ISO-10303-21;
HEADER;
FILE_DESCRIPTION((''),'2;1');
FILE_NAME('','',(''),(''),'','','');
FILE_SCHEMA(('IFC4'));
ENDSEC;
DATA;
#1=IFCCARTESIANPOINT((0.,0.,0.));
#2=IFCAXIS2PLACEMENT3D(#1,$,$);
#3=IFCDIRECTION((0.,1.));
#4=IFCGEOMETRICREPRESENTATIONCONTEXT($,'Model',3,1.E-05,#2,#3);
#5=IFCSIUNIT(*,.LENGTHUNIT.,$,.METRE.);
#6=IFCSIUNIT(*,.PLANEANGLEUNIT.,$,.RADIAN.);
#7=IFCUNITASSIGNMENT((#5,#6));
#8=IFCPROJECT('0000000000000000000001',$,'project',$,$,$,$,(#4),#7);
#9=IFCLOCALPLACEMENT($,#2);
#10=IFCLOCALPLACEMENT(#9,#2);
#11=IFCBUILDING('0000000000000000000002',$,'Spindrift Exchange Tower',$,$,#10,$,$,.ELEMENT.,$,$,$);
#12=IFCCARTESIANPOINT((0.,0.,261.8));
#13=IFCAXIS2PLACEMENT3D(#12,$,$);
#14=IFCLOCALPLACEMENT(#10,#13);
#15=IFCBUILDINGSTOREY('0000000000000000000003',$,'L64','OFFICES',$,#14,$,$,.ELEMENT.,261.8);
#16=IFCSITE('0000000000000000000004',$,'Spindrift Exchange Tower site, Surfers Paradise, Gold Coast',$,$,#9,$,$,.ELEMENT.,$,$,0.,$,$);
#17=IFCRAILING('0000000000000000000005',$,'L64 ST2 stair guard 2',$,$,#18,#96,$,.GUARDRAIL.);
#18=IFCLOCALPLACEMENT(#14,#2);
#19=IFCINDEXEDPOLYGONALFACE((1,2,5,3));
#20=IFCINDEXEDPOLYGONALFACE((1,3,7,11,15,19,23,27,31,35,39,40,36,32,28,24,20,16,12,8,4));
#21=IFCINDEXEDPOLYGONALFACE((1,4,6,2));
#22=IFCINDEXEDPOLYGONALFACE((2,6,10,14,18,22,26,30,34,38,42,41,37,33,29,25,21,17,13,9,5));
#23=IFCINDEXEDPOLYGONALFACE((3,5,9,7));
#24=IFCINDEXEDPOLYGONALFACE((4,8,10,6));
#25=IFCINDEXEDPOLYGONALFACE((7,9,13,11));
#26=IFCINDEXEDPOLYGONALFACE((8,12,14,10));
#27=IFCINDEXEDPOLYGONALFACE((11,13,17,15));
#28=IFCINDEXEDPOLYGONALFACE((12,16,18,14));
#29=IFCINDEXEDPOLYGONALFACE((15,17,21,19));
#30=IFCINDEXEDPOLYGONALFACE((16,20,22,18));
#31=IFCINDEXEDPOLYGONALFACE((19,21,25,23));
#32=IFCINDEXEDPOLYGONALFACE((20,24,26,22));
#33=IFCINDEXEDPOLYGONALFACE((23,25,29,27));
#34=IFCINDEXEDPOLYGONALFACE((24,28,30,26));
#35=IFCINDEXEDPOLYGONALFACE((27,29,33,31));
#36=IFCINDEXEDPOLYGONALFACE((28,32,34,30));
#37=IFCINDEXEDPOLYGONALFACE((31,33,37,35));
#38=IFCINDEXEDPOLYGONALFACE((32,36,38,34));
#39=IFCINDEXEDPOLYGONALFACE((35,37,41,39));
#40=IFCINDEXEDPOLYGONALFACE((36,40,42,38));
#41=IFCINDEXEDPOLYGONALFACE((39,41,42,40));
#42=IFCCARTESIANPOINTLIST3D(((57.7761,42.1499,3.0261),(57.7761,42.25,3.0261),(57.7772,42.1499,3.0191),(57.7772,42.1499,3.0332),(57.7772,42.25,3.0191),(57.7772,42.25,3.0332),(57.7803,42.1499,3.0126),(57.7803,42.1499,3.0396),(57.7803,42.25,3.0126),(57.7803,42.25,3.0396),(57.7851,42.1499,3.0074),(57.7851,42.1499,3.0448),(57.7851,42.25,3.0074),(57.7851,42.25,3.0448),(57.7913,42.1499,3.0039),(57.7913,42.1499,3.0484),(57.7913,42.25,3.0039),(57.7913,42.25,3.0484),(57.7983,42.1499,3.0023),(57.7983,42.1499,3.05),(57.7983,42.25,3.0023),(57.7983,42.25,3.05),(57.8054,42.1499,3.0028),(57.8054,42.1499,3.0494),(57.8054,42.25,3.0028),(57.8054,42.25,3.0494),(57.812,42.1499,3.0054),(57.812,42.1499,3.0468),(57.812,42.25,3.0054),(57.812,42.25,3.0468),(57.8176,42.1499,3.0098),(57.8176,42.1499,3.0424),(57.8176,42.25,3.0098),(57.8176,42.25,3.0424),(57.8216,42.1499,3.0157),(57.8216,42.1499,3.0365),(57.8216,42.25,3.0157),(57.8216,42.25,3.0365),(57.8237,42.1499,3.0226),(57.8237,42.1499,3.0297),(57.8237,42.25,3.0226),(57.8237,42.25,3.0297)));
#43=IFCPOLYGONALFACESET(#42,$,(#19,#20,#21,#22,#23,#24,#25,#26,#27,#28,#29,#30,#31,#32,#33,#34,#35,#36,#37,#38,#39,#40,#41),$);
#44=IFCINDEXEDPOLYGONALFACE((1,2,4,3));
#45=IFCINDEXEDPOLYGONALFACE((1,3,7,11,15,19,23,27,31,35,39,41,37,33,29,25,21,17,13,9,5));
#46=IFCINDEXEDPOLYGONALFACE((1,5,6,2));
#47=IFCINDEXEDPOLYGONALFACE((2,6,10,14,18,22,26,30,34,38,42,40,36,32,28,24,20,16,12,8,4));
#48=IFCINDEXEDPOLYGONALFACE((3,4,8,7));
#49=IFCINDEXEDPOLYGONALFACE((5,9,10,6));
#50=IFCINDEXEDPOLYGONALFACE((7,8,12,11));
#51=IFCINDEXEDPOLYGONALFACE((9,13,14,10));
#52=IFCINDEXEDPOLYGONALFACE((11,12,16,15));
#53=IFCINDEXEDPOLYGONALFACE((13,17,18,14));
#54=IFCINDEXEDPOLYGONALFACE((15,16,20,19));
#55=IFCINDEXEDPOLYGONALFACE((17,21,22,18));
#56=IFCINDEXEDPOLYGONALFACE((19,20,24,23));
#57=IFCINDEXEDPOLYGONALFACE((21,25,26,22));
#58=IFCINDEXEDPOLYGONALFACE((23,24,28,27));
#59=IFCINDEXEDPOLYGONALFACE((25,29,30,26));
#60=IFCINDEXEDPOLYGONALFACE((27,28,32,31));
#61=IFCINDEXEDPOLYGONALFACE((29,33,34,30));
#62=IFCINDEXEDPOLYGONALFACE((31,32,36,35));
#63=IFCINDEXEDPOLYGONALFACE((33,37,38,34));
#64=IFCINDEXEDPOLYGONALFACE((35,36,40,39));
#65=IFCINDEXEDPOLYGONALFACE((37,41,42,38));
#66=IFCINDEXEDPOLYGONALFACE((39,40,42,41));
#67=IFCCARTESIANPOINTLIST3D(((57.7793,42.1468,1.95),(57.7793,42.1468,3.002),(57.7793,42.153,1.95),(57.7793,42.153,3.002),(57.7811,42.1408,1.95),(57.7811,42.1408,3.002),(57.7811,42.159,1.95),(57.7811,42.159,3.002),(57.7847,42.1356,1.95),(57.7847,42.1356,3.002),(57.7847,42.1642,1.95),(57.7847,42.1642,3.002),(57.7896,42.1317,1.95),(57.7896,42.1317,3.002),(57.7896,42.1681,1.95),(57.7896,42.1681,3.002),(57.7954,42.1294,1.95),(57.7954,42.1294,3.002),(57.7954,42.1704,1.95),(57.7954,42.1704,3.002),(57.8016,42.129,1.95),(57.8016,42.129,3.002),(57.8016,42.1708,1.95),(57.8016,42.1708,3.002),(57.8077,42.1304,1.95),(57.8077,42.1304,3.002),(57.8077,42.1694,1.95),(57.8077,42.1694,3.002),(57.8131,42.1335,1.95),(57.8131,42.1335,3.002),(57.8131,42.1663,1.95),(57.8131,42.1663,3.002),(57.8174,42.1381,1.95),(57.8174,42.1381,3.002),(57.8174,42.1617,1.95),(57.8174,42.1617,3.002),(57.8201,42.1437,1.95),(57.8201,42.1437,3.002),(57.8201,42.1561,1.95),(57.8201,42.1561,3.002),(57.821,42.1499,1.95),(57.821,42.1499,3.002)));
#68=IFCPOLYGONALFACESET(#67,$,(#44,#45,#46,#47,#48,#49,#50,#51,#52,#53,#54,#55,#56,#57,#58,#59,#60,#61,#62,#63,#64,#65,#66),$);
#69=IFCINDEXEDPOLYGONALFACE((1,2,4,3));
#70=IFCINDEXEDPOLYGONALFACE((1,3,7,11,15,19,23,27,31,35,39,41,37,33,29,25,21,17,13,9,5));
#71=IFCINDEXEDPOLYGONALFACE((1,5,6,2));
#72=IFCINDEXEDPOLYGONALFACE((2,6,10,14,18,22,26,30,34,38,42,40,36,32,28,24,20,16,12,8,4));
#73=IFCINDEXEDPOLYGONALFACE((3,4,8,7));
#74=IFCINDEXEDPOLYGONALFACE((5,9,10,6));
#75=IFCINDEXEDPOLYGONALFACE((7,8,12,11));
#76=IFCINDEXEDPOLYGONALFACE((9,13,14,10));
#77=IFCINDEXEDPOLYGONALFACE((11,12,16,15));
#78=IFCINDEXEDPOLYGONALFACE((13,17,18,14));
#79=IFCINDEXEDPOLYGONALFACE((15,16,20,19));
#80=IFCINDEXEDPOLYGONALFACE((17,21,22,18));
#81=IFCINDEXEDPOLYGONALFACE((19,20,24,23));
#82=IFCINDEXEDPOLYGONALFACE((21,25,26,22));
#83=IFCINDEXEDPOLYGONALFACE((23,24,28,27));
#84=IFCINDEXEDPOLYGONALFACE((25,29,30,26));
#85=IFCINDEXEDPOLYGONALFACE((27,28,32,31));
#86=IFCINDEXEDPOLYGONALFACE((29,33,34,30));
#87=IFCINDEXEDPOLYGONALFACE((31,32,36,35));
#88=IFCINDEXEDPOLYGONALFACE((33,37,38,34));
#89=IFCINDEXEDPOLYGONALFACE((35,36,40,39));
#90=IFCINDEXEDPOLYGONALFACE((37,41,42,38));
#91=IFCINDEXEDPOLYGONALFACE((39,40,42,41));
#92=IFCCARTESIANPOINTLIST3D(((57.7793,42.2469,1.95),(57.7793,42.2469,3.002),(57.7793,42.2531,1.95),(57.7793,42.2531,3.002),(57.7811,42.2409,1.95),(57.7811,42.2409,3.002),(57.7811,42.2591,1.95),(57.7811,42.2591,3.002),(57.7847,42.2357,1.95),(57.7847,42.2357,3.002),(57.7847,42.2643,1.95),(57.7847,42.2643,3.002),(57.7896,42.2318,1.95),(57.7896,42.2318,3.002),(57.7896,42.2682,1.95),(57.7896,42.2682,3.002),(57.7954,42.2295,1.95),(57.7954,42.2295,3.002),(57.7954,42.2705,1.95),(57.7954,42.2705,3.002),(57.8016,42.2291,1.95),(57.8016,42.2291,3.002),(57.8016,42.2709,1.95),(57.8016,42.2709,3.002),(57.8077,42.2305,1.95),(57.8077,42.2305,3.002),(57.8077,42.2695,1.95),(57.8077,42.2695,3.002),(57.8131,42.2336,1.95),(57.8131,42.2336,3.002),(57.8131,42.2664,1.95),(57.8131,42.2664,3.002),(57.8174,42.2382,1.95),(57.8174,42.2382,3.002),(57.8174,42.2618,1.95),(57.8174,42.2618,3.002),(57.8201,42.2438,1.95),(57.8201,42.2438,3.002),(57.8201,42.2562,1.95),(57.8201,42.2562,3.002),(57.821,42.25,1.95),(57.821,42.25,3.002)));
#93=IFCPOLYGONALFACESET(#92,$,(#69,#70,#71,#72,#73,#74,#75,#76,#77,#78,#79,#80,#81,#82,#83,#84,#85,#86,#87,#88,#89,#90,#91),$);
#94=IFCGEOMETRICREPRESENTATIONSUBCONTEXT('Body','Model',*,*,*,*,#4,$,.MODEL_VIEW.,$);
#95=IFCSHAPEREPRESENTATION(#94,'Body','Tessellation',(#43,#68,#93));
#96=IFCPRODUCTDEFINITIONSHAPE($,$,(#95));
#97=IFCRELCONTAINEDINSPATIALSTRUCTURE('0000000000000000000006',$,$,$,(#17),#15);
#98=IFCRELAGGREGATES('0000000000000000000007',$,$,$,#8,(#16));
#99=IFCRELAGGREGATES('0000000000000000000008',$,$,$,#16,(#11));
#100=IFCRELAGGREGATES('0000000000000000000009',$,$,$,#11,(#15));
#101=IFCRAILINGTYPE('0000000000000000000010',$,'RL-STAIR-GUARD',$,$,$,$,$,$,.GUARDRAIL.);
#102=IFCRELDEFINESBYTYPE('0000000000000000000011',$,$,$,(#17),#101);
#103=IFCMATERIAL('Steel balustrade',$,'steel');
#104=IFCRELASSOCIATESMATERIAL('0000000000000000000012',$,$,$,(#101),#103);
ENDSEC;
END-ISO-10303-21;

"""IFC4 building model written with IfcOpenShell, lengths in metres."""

from ifc_helpers import new_model, si_unit, direction, frame, origin, origin_2d, place, context, subcontext, project, spatial, circle, extrude, material, type_object, element, save


model = new_model("IFC4")

# Units and contexts
model_context = context("Model", 3, precision=1e-05, world=origin(), true_north=direction((0.0, 1.0)))
body_context = subcontext(model_context, "Body", "Model", "MODEL_VIEW")
ifc_project = project(units=[si_unit("LENGTHUNIT", "METRE"), si_unit("PLANEANGLEUNIT", "RADIAN")], contexts=[model_context])

# Site, building, storey
site_placement = place(None, origin())
site = spatial("IfcSite", under=ifc_project, at=site_placement, Name="Spindrift Exchange Tower site, Surfers Paradise, Gold Coast", CompositionType="ELEMENT", RefElevation=0.0)
building_placement = place(site_placement, origin())
building = spatial("IfcBuilding", under=site, at=building_placement, Name="Spindrift Exchange Tower", CompositionType="ELEMENT")
storey_placement = place(building_placement, frame((0.0, 0.0, 261.8)))
storey = spatial("IfcBuildingStorey", under=building, at=storey_placement, Name="L64", Description="OFFICES", CompositionType="ELEMENT", Elevation=261.8)

# Railing
ifc_material_1 = material(Name="Steel balustrade", Category="steel")
railing_type_1 = type_object("IfcRailingType", Name="RL-STAIR-GUARD", PredefinedType="GUARDRAIL", material=ifc_material_1)
railing_1_placement = place(storey_placement, frame((57.8, 42.1499, 1.95)))
element("IfcRailing", 1, at=railing_1_placement, inside=storey, type_object=railing_type_1, Name="L64 ST2 stair guard 2", PredefinedType="GUARDRAIL", context=body_context, shape_type="SweptSolid", body=[
    extrude(circle(Radius=0.0239, at=origin_2d()), frame((0.0, 0.0, 1.0762), z_axis=(0.0, 1.0, 0.0), x_axis=(-1.0, 0.0, 0.0)), (0.0, 0.0, 1.0), 0.1001),
    extrude(circle(Radius=0.021, at=origin_2d()), origin(), (0.0, 0.0, 1.0), 1.052),
    extrude(circle(Radius=0.021, at=origin_2d()), frame((0.0, 0.1001, 0.0)), (0.0, 0.0, 1.0), 1.052),
])

save(model, "model.ifc")
